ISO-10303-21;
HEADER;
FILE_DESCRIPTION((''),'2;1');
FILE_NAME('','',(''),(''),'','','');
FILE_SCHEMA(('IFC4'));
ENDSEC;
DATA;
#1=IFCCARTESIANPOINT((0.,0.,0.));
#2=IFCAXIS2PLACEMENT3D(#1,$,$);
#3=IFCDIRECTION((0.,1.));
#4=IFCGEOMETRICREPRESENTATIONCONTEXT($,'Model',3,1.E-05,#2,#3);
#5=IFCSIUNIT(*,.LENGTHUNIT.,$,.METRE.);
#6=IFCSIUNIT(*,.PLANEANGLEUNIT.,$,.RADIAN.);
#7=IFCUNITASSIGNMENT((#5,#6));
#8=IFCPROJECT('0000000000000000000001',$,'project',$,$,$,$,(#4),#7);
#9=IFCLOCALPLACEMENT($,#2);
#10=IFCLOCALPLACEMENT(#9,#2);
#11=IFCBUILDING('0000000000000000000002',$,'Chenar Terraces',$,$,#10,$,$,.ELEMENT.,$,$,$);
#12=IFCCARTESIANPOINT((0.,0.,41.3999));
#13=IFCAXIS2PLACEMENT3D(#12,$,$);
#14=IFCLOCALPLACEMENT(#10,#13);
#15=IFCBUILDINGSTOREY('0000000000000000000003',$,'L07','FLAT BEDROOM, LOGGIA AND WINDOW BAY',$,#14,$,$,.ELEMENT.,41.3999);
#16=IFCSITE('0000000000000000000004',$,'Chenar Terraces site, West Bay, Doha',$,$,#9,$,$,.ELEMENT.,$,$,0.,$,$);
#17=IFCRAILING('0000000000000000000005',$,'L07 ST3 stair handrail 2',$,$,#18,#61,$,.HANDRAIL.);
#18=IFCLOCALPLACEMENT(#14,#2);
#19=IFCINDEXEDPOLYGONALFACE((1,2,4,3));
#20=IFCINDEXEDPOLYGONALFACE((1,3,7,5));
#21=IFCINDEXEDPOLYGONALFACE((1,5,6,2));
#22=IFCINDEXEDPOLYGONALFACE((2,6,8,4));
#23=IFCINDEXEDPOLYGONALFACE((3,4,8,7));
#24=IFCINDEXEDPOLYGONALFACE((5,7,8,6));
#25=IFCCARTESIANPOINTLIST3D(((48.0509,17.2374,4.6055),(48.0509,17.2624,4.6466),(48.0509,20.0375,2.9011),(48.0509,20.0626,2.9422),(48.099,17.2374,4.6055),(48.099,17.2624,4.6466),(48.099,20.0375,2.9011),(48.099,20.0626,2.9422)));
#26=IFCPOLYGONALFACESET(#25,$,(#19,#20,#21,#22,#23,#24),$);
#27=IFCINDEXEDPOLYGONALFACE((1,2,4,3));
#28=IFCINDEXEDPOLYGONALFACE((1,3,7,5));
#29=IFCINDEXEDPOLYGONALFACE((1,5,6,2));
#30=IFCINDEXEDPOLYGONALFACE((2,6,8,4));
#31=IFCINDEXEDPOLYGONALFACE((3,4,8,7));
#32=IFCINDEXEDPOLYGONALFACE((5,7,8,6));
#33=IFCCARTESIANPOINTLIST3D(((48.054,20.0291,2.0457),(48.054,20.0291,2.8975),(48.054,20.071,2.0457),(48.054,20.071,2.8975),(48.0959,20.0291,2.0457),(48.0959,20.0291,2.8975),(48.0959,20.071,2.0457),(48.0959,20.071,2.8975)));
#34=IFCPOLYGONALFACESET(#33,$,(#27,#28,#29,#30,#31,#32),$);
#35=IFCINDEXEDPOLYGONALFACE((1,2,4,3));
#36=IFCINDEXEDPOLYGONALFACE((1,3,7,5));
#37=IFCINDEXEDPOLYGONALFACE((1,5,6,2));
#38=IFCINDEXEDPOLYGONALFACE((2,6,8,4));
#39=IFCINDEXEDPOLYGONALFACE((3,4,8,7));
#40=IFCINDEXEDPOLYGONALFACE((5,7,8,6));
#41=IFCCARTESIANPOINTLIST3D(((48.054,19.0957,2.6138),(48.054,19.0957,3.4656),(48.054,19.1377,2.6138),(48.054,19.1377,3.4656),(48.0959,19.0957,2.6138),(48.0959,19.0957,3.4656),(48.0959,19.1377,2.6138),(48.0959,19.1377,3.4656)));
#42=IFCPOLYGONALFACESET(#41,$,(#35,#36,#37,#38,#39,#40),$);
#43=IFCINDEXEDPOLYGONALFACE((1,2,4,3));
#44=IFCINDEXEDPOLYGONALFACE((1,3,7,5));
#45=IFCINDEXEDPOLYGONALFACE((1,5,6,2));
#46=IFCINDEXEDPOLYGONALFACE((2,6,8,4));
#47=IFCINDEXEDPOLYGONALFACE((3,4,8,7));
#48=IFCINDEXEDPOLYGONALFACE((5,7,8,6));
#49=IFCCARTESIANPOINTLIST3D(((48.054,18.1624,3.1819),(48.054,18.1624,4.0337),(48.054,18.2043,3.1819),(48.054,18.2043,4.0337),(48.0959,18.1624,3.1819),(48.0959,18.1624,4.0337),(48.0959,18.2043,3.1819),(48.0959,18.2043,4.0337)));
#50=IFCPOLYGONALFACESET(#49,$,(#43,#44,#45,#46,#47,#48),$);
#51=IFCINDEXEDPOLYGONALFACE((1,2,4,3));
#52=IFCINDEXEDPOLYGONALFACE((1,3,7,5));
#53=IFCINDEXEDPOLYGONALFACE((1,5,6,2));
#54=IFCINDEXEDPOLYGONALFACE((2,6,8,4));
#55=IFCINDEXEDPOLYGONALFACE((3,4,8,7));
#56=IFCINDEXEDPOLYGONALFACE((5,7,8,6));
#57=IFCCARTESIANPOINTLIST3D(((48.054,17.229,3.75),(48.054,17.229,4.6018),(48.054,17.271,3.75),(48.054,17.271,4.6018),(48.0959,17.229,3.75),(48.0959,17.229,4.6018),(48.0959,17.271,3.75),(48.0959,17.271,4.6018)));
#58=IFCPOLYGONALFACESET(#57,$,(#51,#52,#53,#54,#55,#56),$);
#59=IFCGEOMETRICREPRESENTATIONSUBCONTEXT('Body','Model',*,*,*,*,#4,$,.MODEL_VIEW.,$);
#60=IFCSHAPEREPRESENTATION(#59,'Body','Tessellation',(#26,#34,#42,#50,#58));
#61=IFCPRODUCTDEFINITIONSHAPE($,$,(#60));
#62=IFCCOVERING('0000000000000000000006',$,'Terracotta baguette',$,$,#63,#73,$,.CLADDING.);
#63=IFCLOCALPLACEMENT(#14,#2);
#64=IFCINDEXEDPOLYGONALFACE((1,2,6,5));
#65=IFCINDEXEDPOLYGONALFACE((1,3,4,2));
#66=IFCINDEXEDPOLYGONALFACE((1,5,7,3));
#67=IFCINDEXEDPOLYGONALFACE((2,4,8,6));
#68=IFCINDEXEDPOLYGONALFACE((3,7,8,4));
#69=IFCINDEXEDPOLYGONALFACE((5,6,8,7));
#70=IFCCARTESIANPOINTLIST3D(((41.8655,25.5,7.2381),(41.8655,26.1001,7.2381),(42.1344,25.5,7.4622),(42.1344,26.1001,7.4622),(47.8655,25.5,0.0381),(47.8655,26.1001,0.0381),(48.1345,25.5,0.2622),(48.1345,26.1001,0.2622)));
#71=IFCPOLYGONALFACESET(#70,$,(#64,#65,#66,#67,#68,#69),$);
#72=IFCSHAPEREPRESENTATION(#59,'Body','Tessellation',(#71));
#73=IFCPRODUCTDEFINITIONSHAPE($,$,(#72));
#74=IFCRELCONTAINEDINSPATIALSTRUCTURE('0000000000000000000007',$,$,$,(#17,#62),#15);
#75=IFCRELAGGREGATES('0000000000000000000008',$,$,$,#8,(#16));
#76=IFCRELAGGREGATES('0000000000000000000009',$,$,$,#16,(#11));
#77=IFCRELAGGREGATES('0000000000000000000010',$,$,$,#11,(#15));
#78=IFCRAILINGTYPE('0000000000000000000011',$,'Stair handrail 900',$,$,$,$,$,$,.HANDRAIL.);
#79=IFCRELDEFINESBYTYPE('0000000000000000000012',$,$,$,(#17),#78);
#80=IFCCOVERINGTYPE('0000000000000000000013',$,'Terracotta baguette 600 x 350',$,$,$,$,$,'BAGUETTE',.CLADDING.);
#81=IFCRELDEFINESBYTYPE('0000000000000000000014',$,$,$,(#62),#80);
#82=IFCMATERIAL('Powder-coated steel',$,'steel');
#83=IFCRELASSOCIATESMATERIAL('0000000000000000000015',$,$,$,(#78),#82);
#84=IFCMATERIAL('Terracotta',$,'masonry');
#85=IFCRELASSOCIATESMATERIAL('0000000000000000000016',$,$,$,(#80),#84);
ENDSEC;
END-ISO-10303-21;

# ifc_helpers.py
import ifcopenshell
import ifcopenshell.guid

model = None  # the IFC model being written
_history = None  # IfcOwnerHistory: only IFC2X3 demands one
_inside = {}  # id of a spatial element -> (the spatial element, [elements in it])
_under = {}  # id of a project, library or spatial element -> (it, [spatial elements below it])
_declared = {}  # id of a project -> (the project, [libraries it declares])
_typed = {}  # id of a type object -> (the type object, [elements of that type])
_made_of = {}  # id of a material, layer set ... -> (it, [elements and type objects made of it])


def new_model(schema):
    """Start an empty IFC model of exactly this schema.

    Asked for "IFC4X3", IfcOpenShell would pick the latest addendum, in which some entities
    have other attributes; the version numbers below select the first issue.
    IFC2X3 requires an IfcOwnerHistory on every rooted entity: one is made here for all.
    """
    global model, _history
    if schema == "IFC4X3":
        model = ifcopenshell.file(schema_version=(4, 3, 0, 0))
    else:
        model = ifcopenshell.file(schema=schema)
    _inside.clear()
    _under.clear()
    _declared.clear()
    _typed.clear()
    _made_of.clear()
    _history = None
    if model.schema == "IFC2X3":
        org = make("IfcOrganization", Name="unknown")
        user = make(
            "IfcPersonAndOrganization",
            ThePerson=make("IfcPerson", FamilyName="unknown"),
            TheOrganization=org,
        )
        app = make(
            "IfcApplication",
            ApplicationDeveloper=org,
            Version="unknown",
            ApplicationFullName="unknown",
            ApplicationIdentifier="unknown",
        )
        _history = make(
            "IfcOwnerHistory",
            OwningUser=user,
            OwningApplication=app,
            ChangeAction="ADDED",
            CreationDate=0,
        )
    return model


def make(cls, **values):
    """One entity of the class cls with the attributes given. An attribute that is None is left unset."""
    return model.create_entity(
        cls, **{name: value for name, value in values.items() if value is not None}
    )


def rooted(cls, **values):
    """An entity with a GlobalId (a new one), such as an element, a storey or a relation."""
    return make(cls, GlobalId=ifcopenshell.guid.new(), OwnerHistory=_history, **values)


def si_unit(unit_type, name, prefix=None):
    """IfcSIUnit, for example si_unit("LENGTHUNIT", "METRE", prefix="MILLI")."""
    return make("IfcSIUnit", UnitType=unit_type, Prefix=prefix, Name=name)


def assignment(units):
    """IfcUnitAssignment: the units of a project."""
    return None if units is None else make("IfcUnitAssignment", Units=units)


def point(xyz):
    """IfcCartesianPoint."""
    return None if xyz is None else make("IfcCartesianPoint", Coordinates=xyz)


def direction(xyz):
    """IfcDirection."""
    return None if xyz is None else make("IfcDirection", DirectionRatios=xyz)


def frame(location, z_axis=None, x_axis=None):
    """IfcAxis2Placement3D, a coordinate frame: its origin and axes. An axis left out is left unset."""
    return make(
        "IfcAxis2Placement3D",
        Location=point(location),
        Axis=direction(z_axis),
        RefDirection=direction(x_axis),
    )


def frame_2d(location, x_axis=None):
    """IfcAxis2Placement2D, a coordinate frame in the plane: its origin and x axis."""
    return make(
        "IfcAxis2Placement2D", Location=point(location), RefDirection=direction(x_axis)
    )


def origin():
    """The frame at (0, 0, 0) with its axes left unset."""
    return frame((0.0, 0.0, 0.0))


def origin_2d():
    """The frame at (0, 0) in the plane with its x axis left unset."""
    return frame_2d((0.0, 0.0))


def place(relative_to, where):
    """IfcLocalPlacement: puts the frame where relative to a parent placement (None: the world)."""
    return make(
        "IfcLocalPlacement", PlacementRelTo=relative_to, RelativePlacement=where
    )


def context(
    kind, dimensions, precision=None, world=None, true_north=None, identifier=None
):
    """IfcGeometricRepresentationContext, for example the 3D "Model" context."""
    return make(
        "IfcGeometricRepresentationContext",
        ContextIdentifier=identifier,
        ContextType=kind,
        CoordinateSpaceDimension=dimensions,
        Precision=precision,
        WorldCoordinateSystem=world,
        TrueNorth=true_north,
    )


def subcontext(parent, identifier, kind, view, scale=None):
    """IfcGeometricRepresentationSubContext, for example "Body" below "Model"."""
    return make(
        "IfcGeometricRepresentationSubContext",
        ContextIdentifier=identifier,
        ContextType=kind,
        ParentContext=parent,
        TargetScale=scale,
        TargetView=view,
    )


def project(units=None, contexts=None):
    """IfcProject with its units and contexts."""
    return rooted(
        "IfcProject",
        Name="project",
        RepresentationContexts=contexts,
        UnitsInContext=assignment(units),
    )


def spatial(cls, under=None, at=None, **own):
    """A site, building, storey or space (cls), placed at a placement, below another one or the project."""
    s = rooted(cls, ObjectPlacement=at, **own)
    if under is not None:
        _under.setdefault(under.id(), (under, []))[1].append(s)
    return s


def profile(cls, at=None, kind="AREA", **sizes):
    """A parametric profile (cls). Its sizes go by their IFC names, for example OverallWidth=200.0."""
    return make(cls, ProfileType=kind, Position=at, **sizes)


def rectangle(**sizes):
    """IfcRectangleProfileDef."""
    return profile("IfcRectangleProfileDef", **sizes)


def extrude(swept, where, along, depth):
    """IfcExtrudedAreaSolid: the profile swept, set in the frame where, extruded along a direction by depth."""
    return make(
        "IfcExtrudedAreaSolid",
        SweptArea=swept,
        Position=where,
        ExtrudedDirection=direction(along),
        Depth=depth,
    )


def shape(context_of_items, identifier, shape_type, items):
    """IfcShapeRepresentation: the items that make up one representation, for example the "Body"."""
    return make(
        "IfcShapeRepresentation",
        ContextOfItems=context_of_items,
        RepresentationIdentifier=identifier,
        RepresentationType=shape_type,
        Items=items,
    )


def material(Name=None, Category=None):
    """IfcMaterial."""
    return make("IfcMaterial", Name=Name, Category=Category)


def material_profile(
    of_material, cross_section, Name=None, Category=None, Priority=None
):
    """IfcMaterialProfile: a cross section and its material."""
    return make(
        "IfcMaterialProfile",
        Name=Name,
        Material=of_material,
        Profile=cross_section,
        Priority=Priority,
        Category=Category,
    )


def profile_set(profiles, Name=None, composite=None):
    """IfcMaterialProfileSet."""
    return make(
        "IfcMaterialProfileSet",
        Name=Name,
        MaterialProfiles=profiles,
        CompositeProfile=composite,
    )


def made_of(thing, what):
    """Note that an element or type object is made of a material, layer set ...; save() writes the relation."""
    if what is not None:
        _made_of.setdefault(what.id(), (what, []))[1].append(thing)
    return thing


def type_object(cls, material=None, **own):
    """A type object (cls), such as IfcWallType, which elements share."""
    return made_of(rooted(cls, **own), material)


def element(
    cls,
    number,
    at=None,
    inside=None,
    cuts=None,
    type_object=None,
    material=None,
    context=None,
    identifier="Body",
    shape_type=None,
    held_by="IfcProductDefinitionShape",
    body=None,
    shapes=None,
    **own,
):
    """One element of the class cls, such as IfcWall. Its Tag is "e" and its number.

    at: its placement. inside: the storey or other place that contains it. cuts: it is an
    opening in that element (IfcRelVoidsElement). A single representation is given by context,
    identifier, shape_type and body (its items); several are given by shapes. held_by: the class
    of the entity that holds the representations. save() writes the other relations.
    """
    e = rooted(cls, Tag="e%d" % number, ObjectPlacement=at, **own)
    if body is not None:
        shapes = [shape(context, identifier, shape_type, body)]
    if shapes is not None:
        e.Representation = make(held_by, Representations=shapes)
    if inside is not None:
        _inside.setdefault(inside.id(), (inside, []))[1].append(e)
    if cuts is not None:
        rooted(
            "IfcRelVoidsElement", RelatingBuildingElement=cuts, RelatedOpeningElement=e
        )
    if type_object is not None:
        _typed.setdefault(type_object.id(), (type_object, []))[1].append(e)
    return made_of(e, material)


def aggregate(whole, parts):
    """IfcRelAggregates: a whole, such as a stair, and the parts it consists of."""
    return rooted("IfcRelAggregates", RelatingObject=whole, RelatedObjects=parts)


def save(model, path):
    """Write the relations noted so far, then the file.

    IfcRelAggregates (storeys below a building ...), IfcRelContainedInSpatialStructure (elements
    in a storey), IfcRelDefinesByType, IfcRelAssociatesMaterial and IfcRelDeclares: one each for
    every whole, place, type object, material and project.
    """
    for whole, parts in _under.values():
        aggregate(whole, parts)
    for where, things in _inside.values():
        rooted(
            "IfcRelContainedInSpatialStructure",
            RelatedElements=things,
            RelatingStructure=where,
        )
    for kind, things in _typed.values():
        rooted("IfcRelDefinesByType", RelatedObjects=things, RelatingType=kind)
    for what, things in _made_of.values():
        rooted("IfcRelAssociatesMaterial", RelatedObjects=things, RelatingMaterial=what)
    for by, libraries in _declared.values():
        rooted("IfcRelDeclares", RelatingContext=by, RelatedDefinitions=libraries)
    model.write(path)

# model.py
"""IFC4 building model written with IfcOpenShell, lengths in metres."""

from ifc_helpers import new_model, si_unit, direction, frame, origin, origin_2d, place, context, subcontext, project, spatial, rectangle, extrude, material, material_profile, profile_set, type_object, element, save


model = new_model("IFC4")

# Units and contexts
model_context = context("Model", 3, precision=1e-05, world=origin(), true_north=direction((0.0, 1.0)))
body_context = subcontext(model_context, "Body", "Model", "MODEL_VIEW")
ifc_project = project(units=[si_unit("LENGTHUNIT", "METRE"), si_unit("PLANEANGLEUNIT", "RADIAN")], contexts=[model_context])

# Site, building, storey
site_placement = place(None, origin())
site = spatial("IfcSite", under=ifc_project, at=site_placement, Name="Chenar Terraces site, West Bay, Doha", CompositionType="ELEMENT", RefElevation=0.0)
building_placement = place(site_placement, origin())
building = spatial("IfcBuilding", under=site, at=building_placement, Name="Chenar Terraces", CompositionType="ELEMENT")
storey_placement = place(building_placement, frame((0.0, 0.0, 41.3999)))
storey = spatial("IfcBuildingStorey", under=building, at=storey_placement, Name="L07", Description="FLAT BEDROOM, LOGGIA AND WINDOW BAY", CompositionType="ELEMENT", Elevation=41.3999)

# Railing
ifc_material_1 = material(Name="Powder-coated steel", Category="steel")
railing_type_1 = type_object("IfcRailingType", Name="Stair handrail 900", PredefinedType="HANDRAIL", material=ifc_material_1)
railing_1_placement = place(storey_placement, frame((48.075, 20.05, 2.0457)))
element("IfcRailing", 1, at=railing_1_placement, inside=storey, type_object=railing_type_1, Name="L07 ST3 stair handrail 2", PredefinedType="HANDRAIL", context=body_context, shape_type="SweptSolid", body=[
    extrude(rectangle(XDim=0.0481, YDim=0.0481, at=origin_2d()), frame((0.0, 0.0, 0.876), z_axis=(0.0, -0.854203, 0.51994), x_axis=(1.0, 0.0, 0.0)), (0.0, 0.0, 1.0), 3.2781),
    extrude(rectangle(XDim=0.042, YDim=0.042, at=origin_2d()), origin(), (0.0, 0.0, 1.0), 0.8518),
    extrude(rectangle(XDim=0.042, YDim=0.042, at=origin_2d()), frame((0.0, -0.9333, 0.5681)), (0.0, 0.0, 1.0), 0.8518),
    extrude(rectangle(XDim=0.042, YDim=0.042, at=origin_2d()), frame((0.0, -1.8667, 1.1362)), (0.0, 0.0, 1.0), 0.8518),
    extrude(rectangle(XDim=0.042, YDim=0.042, at=origin_2d()), frame((0.0, -2.8, 1.7043)), (0.0, 0.0, 1.0), 0.8518),
])

# Covering
ifc_material_2 = material(Name="Terracotta", Category="masonry")
ifc_material_profile_1 = material_profile(ifc_material_2, rectangle(XDim=0.6001, YDim=0.3501, at=origin_2d()), Name="Terracotta baguette 600 x 350")
ifc_profile_set_1 = profile_set([ifc_material_profile_1], Name="Terracotta")
covering_type = type_object("IfcCoveringType", Name="Terracotta baguette 600 x 350", ElementType="BAGUETTE", PredefinedType="CLADDING", material=ifc_profile_set_1)
covering_placement = place(storey_placement, frame((48.0, 25.8, 0.1501), z_axis=(-0.640187, 0.0, 0.768219), x_axis=(0.0, -1.0, 0.0)))
element("IfcCovering", 2, at=covering_placement, inside=storey, type_object=covering_type, Name="Terracotta baguette", PredefinedType="CLADDING", context=body_context, shape_type="SweptSolid", body=[
    extrude(rectangle(XDim=0.6001, YDim=0.3501, at=origin_2d()), origin(), (0.0, 0.0, 1.0), 9.3723),
])

save(model, "model.ifc")
